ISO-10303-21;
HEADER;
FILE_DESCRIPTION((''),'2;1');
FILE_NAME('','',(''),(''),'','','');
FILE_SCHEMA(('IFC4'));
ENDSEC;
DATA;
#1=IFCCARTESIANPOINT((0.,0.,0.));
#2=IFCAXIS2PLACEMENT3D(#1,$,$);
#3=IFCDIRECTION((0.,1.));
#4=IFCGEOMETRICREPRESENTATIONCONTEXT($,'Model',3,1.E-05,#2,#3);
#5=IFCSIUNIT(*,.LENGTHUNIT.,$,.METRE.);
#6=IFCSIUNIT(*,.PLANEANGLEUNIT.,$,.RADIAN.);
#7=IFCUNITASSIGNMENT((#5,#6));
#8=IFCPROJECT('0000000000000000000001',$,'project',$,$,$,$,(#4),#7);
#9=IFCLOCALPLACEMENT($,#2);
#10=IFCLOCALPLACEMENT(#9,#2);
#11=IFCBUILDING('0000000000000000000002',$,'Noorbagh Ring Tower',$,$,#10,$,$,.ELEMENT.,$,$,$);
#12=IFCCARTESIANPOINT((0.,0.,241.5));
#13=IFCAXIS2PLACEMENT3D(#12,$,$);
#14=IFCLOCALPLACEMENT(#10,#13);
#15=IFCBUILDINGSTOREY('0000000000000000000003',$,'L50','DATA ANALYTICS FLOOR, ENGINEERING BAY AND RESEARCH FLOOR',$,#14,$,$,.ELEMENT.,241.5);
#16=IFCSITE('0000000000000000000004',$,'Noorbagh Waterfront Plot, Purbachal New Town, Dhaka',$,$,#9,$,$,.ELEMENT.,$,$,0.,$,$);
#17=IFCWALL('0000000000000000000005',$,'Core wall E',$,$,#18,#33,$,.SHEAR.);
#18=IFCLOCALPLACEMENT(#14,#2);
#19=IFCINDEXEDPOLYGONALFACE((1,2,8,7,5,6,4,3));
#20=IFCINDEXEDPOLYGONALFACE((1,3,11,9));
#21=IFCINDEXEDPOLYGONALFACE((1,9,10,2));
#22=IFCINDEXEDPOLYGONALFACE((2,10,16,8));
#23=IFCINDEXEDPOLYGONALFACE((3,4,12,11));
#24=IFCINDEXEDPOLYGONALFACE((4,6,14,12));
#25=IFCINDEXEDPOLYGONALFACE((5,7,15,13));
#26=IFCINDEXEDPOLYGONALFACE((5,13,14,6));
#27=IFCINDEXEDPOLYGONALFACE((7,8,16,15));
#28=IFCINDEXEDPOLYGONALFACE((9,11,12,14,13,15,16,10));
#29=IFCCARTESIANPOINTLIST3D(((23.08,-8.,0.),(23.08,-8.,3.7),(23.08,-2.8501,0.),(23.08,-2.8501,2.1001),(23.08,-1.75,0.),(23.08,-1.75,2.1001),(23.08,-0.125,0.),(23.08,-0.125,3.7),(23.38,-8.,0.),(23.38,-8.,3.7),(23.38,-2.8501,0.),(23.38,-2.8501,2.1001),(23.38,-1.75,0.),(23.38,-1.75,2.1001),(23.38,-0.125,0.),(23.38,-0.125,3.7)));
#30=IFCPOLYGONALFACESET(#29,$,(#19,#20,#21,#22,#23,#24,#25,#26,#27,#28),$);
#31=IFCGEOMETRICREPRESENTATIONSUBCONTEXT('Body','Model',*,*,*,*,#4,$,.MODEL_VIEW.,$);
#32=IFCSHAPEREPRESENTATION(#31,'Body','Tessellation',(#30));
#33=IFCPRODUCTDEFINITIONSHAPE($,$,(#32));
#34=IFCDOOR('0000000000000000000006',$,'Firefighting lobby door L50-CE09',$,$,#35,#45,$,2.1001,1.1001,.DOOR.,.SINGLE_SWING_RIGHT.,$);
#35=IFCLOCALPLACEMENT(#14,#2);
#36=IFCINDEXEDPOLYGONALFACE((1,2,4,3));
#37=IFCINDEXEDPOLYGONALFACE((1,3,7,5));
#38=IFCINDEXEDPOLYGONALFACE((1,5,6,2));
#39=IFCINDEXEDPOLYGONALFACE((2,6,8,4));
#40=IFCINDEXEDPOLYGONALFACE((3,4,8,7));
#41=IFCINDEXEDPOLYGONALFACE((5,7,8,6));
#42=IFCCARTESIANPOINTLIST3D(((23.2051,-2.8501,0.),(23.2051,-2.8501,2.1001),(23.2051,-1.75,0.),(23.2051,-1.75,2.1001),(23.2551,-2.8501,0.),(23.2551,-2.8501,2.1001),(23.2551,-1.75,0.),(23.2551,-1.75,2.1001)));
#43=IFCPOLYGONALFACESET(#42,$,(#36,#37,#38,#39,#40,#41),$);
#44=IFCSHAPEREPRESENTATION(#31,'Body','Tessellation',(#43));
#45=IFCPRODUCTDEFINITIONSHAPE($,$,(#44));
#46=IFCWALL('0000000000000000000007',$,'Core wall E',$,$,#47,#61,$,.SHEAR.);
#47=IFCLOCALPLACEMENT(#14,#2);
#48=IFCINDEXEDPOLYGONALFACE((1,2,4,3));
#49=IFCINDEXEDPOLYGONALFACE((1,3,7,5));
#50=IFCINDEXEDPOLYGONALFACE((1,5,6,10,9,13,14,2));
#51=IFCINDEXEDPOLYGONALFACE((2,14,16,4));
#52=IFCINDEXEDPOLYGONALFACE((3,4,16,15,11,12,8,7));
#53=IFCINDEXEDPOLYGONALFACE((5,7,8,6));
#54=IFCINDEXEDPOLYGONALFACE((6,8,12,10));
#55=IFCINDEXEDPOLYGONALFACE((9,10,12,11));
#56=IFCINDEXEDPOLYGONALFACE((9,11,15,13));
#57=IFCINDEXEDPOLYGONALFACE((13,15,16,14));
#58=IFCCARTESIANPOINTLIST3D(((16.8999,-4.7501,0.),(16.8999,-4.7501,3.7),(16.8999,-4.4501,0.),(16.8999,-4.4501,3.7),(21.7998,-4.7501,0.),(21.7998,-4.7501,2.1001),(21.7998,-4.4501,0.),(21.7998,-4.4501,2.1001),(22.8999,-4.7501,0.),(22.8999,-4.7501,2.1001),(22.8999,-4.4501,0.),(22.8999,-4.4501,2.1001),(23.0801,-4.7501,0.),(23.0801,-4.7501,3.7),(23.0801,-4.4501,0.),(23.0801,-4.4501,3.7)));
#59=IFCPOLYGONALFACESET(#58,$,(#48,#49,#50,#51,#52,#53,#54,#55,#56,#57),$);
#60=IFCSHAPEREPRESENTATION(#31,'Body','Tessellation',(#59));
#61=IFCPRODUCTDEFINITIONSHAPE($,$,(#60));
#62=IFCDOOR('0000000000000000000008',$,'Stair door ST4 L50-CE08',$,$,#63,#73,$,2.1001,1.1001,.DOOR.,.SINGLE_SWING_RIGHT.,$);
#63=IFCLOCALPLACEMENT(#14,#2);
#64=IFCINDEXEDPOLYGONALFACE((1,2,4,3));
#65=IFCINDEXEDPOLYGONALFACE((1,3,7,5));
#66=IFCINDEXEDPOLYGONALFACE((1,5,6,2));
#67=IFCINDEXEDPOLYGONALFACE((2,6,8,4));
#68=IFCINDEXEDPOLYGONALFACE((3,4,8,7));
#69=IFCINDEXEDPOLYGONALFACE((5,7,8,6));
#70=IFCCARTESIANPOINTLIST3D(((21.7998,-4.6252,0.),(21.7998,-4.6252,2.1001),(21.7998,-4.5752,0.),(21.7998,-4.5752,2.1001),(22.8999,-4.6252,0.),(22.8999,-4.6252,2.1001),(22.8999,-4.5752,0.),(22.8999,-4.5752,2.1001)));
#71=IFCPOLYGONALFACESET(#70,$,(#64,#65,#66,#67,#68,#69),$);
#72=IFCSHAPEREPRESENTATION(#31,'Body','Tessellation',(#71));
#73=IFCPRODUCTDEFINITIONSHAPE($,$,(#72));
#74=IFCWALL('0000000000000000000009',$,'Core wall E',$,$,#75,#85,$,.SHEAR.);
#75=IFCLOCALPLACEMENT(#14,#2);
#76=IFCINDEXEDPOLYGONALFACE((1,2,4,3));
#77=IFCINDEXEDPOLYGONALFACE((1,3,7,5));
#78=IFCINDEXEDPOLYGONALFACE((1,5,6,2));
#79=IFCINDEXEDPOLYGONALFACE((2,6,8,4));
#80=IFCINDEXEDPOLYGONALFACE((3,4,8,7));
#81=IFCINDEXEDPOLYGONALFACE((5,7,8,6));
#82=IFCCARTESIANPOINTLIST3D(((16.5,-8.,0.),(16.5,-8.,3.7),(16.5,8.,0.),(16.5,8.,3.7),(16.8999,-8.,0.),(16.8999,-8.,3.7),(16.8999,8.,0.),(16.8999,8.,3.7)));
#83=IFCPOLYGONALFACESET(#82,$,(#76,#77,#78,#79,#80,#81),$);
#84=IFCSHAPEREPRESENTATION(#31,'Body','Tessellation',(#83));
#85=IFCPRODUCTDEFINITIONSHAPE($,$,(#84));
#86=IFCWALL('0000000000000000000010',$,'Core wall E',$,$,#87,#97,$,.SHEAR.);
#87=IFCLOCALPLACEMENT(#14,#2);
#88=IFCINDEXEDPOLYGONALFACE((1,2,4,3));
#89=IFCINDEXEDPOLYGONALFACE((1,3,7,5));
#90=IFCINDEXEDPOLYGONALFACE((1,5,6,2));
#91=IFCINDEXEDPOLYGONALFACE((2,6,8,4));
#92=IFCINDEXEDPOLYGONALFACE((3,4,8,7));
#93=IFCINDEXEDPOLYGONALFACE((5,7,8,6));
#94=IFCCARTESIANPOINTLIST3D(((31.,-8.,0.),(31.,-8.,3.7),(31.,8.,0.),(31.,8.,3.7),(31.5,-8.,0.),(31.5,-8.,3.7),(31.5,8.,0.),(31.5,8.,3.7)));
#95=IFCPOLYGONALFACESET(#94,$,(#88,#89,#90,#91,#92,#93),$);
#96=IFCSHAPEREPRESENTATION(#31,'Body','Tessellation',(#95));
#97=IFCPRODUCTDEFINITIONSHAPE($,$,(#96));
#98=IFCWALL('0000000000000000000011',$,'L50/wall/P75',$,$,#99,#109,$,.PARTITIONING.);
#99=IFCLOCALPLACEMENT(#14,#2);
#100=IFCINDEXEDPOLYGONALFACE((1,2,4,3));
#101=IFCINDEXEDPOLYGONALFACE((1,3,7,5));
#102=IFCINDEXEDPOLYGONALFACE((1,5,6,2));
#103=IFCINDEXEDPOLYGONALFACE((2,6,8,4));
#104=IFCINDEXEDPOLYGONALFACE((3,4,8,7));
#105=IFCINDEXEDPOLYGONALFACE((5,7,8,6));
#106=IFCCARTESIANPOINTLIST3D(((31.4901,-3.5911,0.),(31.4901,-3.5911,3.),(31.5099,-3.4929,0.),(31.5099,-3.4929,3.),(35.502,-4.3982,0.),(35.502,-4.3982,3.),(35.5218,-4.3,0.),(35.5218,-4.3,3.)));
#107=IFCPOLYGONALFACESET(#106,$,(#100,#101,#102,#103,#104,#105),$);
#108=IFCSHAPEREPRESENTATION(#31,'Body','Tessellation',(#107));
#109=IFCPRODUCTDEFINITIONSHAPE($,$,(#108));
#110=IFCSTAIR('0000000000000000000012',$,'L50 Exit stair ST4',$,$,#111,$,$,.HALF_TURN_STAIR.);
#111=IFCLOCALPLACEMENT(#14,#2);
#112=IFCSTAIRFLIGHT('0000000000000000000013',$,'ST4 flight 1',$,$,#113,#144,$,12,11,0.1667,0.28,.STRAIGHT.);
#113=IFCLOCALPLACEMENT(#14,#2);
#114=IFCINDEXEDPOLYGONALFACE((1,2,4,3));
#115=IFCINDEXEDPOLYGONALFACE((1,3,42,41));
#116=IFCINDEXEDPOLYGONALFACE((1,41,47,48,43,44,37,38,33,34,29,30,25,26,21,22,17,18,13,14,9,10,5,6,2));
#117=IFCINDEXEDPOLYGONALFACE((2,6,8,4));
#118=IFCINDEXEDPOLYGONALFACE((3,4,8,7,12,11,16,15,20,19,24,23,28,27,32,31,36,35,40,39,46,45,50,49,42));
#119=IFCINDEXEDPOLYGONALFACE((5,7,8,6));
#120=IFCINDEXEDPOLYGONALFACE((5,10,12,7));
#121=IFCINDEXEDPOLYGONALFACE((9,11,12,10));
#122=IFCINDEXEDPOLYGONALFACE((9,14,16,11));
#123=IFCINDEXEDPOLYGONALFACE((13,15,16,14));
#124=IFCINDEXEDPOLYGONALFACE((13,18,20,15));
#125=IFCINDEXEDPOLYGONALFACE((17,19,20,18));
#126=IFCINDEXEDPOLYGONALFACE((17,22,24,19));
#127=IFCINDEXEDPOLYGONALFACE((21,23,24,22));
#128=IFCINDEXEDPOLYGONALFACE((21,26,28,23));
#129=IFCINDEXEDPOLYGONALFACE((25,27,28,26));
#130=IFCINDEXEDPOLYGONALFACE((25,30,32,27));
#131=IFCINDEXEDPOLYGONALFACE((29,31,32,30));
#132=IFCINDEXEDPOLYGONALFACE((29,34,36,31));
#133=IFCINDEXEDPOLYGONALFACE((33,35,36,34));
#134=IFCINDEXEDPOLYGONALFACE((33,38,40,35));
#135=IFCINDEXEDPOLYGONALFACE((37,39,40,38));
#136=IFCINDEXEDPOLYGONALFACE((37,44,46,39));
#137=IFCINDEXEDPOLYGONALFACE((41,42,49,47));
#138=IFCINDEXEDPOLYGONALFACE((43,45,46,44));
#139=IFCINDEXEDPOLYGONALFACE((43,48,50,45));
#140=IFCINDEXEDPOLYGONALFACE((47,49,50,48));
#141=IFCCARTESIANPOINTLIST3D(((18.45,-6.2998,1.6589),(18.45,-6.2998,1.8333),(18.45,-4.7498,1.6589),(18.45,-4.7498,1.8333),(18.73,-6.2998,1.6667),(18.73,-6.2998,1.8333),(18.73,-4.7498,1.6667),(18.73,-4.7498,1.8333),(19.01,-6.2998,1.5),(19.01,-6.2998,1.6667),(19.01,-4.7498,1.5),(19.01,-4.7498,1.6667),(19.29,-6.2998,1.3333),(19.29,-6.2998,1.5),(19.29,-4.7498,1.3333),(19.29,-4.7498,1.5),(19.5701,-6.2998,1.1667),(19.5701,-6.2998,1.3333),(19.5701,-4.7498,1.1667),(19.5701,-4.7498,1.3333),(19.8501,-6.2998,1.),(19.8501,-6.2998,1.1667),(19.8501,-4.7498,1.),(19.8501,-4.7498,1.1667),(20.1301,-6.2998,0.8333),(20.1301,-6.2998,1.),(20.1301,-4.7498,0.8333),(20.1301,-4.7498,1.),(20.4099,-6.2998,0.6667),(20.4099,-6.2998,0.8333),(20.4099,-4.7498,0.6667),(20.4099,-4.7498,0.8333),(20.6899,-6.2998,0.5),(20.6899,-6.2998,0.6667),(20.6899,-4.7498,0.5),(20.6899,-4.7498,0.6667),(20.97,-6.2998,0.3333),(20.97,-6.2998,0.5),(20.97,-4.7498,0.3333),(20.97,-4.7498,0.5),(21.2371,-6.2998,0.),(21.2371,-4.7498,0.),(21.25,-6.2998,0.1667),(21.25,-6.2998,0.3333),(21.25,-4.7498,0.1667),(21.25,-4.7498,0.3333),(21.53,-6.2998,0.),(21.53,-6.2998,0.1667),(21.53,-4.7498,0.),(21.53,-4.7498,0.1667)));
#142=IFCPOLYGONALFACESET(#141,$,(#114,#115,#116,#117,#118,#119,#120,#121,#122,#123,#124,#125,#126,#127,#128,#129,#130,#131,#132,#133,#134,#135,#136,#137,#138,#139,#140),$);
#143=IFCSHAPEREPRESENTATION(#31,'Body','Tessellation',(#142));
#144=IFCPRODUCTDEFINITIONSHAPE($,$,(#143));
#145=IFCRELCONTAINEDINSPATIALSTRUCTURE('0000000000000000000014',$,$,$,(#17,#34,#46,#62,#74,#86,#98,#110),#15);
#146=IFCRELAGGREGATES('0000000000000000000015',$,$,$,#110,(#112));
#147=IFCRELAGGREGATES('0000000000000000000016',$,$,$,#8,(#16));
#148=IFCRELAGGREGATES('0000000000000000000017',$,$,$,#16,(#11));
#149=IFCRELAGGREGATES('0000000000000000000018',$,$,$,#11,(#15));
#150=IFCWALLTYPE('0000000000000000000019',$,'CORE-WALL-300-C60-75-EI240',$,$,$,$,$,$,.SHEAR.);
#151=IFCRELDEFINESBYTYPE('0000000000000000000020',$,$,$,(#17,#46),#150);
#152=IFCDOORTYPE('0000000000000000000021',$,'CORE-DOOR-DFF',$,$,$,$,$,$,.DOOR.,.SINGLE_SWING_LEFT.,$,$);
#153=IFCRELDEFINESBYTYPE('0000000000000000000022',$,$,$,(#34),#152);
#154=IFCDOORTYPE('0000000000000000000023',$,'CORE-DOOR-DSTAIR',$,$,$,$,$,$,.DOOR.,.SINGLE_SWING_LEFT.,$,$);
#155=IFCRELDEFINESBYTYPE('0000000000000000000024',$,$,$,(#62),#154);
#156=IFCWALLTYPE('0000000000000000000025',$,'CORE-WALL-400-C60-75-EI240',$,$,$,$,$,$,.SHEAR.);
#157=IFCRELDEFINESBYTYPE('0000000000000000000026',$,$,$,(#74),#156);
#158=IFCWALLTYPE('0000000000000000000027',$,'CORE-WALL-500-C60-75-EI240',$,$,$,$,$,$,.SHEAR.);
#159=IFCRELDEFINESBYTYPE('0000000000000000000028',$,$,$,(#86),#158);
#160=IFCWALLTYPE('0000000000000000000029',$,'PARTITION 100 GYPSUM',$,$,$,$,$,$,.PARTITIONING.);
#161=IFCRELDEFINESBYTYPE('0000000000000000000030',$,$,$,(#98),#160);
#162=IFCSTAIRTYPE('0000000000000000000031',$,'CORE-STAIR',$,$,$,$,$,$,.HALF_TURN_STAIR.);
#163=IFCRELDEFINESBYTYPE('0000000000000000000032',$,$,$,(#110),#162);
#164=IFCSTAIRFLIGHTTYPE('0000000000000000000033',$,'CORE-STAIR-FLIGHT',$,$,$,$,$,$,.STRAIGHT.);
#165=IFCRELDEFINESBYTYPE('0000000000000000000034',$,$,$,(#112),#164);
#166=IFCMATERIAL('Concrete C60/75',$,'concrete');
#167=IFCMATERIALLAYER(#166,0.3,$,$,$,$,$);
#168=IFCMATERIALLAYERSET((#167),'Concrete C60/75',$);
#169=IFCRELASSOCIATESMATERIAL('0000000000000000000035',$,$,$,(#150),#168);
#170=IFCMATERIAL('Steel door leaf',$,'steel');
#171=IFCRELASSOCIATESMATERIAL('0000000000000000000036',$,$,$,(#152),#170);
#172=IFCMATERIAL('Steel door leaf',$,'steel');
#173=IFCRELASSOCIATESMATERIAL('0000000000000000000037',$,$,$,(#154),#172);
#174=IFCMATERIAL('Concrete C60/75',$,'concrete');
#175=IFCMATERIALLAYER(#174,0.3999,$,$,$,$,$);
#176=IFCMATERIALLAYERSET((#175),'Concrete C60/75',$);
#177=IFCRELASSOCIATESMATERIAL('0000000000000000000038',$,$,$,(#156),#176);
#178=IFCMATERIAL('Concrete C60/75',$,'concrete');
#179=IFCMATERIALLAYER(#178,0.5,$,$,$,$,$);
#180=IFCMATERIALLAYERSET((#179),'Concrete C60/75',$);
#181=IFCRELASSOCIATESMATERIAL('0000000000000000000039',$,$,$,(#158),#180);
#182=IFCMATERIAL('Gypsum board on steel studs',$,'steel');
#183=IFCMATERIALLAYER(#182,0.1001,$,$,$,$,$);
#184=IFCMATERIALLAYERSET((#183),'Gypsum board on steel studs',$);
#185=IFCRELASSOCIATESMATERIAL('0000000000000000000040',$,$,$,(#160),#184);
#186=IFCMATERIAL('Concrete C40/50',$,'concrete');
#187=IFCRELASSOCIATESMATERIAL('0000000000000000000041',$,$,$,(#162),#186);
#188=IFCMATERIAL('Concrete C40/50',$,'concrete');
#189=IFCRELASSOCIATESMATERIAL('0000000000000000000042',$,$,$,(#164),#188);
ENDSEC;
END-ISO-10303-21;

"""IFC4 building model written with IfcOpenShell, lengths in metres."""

from ifc_helpers import new_model, si_unit, direction, frame, frame_2d, origin, place, context, subcontext, project, spatial, polyline, rectangle, outline, extrude, material, layer, layer_set, type_object, element, fill, aggregate, save


model = new_model("IFC4")

# Units and contexts
model_context = context("Model", 3, precision=1e-05, world=origin(), true_north=direction((0.0, 1.0)))
body_context = subcontext(model_context, "Body", "Model", "MODEL_VIEW")
ifc_project = project(units=[si_unit("LENGTHUNIT", "METRE"), si_unit("PLANEANGLEUNIT", "RADIAN")], contexts=[model_context])

# Site, building, storey
site_placement = place(None, origin())
site = spatial("IfcSite", under=ifc_project, at=site_placement, Name="Noorbagh Waterfront Plot, Purbachal New Town, Dhaka", CompositionType="ELEMENT", RefElevation=0.0)
building_placement = place(site_placement, origin())
building = spatial("IfcBuilding", under=site, at=building_placement, Name="Noorbagh Ring Tower", CompositionType="ELEMENT")
storey_placement = place(building_placement, frame((0.0, 0.0, 241.5)))
storey = spatial("IfcBuildingStorey", under=building, at=storey_placement, Name="L50", Description="DATA ANALYTICS FLOOR, ENGINEERING BAY AND RESEARCH FLOOR", CompositionType="ELEMENT", Elevation=241.5)

# Shared definitions
ifc_material_1 = material(Name="Concrete C60/75", Category="concrete")
ifc_layer_1 = layer(ifc_material_1, 0.3)
ifc_layer_set_1 = layer_set([ifc_layer_1], Name="Concrete C60/75")
wall_type_1 = type_object("IfcWallType", Name="CORE-WALL-300-C60-75-EI240", PredefinedType="SHEAR", material=ifc_layer_set_1)

# Walls, openings, doors
wall_1_placement = place(storey_placement, frame((23.23, -8.0, 0.0), z_axis=(0.0, 0.0, 1.0), x_axis=(0.0, 1.0, 0.0)))
wall_1 = element("IfcWall", 1, at=wall_1_placement, inside=storey, type_object=wall_type_1, Name="Core wall E", PredefinedType="SHEAR", context=body_context, shape_type="SweptSolid", body=[
    extrude(rectangle(XDim=7.875, YDim=0.3, at=frame_2d((3.9375, 0.0))), origin(), (0.0, 0.0, 1.0), 3.7),
])
opening_1_placement = place(wall_1_placement, frame((5.1499, 0.0, 0.0)))
opening_1 = element("IfcOpeningElement", 2, at=opening_1_placement, cuts=wall_1, PredefinedType="OPENING", context=body_context, shape_type="SweptSolid", body=[
    extrude(rectangle(XDim=1.1001, YDim=2.1001, at=frame_2d((0.55, 1.05))), frame((0.0, 0.1602, 0.0), z_axis=(0.0, -1.0, 0.0), x_axis=(1.0, 0.0, 0.0)), (0.0, 0.0, 1.0), 0.3201),
])
ifc_material_2 = material(Name="Steel door leaf", Category="steel")
door_type_1 = type_object("IfcDoorType", Name="CORE-DOOR-DFF", OperationType="SINGLE_SWING_LEFT", PredefinedType="DOOR", material=ifc_material_2)
door_1_placement = place(opening_1_placement, origin())
door_1 = element("IfcDoor", 3, at=door_1_placement, inside=storey, type_object=door_type_1, Name="Firefighting lobby door L50-CE09", OperationType="SINGLE_SWING_RIGHT", OverallHeight=2.1001, OverallWidth=1.1001, PredefinedType="DOOR", context=body_context, shape_type="SweptSolid", body=[
    extrude(rectangle(XDim=1.1001, YDim=2.1001, at=frame_2d((0.55, 1.05))), frame((0.0, 0.0249, 0.0), z_axis=(0.0, -1.0, 0.0), x_axis=(1.0, 0.0, 0.0)), (0.0, 0.0, 1.0), 0.05),
])
fill(opening_1, door_1)
wall_2_placement = place(storey_placement, frame((16.8999, -4.6001, 0.0), z_axis=(0.0, 0.0, 1.0), x_axis=(1.0, 0.0, 0.0)))
wall_2 = element("IfcWall", 4, at=wall_2_placement, inside=storey, type_object=wall_type_1, Name="Core wall E", PredefinedType="SHEAR", context=body_context, shape_type="SweptSolid", body=[
    extrude(rectangle(XDim=6.1802, YDim=0.3, at=frame_2d((3.0901, 0.0))), origin(), (0.0, 0.0, 1.0), 3.7),
])
opening_2_placement = place(wall_2_placement, frame((4.8999, 0.0, 0.0)))
opening_2 = element("IfcOpeningElement", 5, at=opening_2_placement, cuts=wall_2, PredefinedType="OPENING", context=body_context, shape_type="SweptSolid", body=[
    extrude(rectangle(XDim=1.1001, YDim=2.1001, at=frame_2d((0.55, 1.05))), frame((0.0, 0.1602, 0.0), z_axis=(0.0, -1.0, 0.0), x_axis=(1.0, 0.0, 0.0)), (0.0, 0.0, 1.0), 0.3201),
])
ifc_material_3 = material(Name="Steel door leaf", Category="steel")
door_type_2 = type_object("IfcDoorType", Name="CORE-DOOR-DSTAIR", OperationType="SINGLE_SWING_LEFT", PredefinedType="DOOR", material=ifc_material_3)
door_2_placement = place(opening_2_placement, origin())
door_2 = element("IfcDoor", 6, at=door_2_placement, inside=storey, type_object=door_type_2, Name="Stair door ST4 L50-CE08", OperationType="SINGLE_SWING_RIGHT", OverallHeight=2.1001, OverallWidth=1.1001, PredefinedType="DOOR", context=body_context, shape_type="SweptSolid", body=[
    extrude(rectangle(XDim=1.1001, YDim=2.1001, at=frame_2d((0.55, 1.05))), frame((0.0, 0.0249, 0.0), z_axis=(0.0, -1.0, 0.0), x_axis=(1.0, 0.0, 0.0)), (0.0, 0.0, 1.0), 0.05),
])
fill(opening_2, door_2)

# Walls
ifc_material_4 = material(Name="Concrete C60/75", Category="concrete")
ifc_layer_2 = layer(ifc_material_4, 0.3999)
ifc_layer_set_2 = layer_set([ifc_layer_2], Name="Concrete C60/75")
wall_type_2 = type_object("IfcWallType", Name="CORE-WALL-400-C60-75-EI240", PredefinedType="SHEAR", material=ifc_layer_set_2)
wall_3_placement = place(storey_placement, frame((16.7, -8.0, 0.0), z_axis=(0.0, 0.0, 1.0), x_axis=(0.0, 1.0, 0.0)))
element("IfcWall", 7, at=wall_3_placement, inside=storey, type_object=wall_type_2, Name="Core wall E", PredefinedType="SHEAR", context=body_context, shape_type="SweptSolid", body=[
    extrude(rectangle(XDim=16.0, YDim=0.3999, at=frame_2d((8.0, 0.0))), origin(), (0.0, 0.0, 1.0), 3.7),
])
ifc_material_5 = material(Name="Concrete C60/75", Category="concrete")
ifc_layer_3 = layer(ifc_material_5, 0.5)
ifc_layer_set_3 = layer_set([ifc_layer_3], Name="Concrete C60/75")
wall_type_3 = type_object("IfcWallType", Name="CORE-WALL-500-C60-75-EI240", PredefinedType="SHEAR", material=ifc_layer_set_3)
wall_4_placement = place(storey_placement, frame((31.25, -8.0, 0.0), z_axis=(0.0, 0.0, 1.0), x_axis=(0.0, 1.0, 0.0)))
element("IfcWall", 8, at=wall_4_placement, inside=storey, type_object=wall_type_3, Name="Core wall E", PredefinedType="SHEAR", context=body_context, shape_type="SweptSolid", body=[
    extrude(rectangle(XDim=16.0, YDim=0.5, at=frame_2d((8.0, 0.0))), origin(), (0.0, 0.0, 1.0), 3.7),
])
ifc_material_6 = material(Name="Gypsum board on steel studs", Category="steel")
ifc_layer_4 = layer(ifc_material_6, 0.1001)
ifc_layer_set_4 = layer_set([ifc_layer_4], Name="Gypsum board on steel studs")
wall_type_4 = type_object("IfcWallType", Name="PARTITION 100 GYPSUM", PredefinedType="PARTITIONING", material=ifc_layer_set_4)
wall_5_placement = place(storey_placement, frame((31.5, -3.542, 0.0), z_axis=(0.0, 0.0, 1.0), x_axis=(0.980357, -0.197229, 0.0)))
element("IfcWall", 9, at=wall_5_placement, inside=storey, type_object=wall_type_4, Name="L50/wall/P75", PredefinedType="PARTITIONING", context=body_context, shape_type="SweptSolid", body=[
    extrude(rectangle(XDim=4.0923, YDim=0.1001, at=frame_2d((2.0461, 0.0))), origin(), (0.0, 0.0, 1.0), 3.0),
])

# Stair, stair flight
ifc_material_7 = material(Name="Concrete C40/50", Category="concrete")
stair_type = type_object("IfcStairType", Name="CORE-STAIR", PredefinedType="HALF_TURN_STAIR", material=ifc_material_7)
stair_placement = place(storey_placement, origin())
stair = element("IfcStair", 10, at=stair_placement, inside=storey, type_object=stair_type, Name="L50 Exit stair ST4", PredefinedType="HALF_TURN_STAIR")
ifc_material_8 = material(Name="Concrete C40/50", Category="concrete")
stair_flight_type = type_object("IfcStairFlightType", Name="CORE-STAIR-FLIGHT", PredefinedType="STRAIGHT", material=ifc_material_8)
stair_flight_1_placement = place(storey_placement, frame((21.53, -5.5249, 0.0), z_axis=(0.0, 0.0, 1.0), x_axis=(-1.0, 0.0, 0.0)))
stair_flight_1 = element("IfcStairFlight", 11, at=stair_flight_1_placement, type_object=stair_flight_type, Name="ST4 flight 1", NumberOfRisers=12, NumberOfTreads=11, PredefinedType="STRAIGHT", RiserHeight=0.1667, TreadLength=0.28, context=body_context, shape_type="SweptSolid", body=[
    extrude(outline(polyline([(0.0, 0.0), (0.0, 0.1667), (0.28, 0.1667), (0.28, 0.3333), (0.5601, 0.3333), (0.5601, 0.5), (0.8401, 0.5), (0.8401, 0.6667), (1.1201, 0.6667), (1.1201, 0.8333), (1.3999, 0.8333), (1.3999, 1.0), (1.6799, 1.0), (1.6799, 1.1667), (1.96, 1.1667), (1.96, 1.3333), (2.24, 1.3333), (2.24, 1.5), (2.52, 1.5), (2.52, 1.6667), (2.8, 1.6667), (2.8, 1.8333), (3.0801, 1.8333), (3.0801, 2.0), (3.0801, 1.6589), (0.293, 0.0), (0.0, 0.0)])), frame((0.0, 0.7749, 0.0), z_axis=(0.0, -1.0, 0.0), x_axis=(1.0, 0.0, 0.0)), (0.0, 0.0, 1.0), 1.55),
])
aggregate(stair, [stair_flight_1])

save(model, "model.ifc")
